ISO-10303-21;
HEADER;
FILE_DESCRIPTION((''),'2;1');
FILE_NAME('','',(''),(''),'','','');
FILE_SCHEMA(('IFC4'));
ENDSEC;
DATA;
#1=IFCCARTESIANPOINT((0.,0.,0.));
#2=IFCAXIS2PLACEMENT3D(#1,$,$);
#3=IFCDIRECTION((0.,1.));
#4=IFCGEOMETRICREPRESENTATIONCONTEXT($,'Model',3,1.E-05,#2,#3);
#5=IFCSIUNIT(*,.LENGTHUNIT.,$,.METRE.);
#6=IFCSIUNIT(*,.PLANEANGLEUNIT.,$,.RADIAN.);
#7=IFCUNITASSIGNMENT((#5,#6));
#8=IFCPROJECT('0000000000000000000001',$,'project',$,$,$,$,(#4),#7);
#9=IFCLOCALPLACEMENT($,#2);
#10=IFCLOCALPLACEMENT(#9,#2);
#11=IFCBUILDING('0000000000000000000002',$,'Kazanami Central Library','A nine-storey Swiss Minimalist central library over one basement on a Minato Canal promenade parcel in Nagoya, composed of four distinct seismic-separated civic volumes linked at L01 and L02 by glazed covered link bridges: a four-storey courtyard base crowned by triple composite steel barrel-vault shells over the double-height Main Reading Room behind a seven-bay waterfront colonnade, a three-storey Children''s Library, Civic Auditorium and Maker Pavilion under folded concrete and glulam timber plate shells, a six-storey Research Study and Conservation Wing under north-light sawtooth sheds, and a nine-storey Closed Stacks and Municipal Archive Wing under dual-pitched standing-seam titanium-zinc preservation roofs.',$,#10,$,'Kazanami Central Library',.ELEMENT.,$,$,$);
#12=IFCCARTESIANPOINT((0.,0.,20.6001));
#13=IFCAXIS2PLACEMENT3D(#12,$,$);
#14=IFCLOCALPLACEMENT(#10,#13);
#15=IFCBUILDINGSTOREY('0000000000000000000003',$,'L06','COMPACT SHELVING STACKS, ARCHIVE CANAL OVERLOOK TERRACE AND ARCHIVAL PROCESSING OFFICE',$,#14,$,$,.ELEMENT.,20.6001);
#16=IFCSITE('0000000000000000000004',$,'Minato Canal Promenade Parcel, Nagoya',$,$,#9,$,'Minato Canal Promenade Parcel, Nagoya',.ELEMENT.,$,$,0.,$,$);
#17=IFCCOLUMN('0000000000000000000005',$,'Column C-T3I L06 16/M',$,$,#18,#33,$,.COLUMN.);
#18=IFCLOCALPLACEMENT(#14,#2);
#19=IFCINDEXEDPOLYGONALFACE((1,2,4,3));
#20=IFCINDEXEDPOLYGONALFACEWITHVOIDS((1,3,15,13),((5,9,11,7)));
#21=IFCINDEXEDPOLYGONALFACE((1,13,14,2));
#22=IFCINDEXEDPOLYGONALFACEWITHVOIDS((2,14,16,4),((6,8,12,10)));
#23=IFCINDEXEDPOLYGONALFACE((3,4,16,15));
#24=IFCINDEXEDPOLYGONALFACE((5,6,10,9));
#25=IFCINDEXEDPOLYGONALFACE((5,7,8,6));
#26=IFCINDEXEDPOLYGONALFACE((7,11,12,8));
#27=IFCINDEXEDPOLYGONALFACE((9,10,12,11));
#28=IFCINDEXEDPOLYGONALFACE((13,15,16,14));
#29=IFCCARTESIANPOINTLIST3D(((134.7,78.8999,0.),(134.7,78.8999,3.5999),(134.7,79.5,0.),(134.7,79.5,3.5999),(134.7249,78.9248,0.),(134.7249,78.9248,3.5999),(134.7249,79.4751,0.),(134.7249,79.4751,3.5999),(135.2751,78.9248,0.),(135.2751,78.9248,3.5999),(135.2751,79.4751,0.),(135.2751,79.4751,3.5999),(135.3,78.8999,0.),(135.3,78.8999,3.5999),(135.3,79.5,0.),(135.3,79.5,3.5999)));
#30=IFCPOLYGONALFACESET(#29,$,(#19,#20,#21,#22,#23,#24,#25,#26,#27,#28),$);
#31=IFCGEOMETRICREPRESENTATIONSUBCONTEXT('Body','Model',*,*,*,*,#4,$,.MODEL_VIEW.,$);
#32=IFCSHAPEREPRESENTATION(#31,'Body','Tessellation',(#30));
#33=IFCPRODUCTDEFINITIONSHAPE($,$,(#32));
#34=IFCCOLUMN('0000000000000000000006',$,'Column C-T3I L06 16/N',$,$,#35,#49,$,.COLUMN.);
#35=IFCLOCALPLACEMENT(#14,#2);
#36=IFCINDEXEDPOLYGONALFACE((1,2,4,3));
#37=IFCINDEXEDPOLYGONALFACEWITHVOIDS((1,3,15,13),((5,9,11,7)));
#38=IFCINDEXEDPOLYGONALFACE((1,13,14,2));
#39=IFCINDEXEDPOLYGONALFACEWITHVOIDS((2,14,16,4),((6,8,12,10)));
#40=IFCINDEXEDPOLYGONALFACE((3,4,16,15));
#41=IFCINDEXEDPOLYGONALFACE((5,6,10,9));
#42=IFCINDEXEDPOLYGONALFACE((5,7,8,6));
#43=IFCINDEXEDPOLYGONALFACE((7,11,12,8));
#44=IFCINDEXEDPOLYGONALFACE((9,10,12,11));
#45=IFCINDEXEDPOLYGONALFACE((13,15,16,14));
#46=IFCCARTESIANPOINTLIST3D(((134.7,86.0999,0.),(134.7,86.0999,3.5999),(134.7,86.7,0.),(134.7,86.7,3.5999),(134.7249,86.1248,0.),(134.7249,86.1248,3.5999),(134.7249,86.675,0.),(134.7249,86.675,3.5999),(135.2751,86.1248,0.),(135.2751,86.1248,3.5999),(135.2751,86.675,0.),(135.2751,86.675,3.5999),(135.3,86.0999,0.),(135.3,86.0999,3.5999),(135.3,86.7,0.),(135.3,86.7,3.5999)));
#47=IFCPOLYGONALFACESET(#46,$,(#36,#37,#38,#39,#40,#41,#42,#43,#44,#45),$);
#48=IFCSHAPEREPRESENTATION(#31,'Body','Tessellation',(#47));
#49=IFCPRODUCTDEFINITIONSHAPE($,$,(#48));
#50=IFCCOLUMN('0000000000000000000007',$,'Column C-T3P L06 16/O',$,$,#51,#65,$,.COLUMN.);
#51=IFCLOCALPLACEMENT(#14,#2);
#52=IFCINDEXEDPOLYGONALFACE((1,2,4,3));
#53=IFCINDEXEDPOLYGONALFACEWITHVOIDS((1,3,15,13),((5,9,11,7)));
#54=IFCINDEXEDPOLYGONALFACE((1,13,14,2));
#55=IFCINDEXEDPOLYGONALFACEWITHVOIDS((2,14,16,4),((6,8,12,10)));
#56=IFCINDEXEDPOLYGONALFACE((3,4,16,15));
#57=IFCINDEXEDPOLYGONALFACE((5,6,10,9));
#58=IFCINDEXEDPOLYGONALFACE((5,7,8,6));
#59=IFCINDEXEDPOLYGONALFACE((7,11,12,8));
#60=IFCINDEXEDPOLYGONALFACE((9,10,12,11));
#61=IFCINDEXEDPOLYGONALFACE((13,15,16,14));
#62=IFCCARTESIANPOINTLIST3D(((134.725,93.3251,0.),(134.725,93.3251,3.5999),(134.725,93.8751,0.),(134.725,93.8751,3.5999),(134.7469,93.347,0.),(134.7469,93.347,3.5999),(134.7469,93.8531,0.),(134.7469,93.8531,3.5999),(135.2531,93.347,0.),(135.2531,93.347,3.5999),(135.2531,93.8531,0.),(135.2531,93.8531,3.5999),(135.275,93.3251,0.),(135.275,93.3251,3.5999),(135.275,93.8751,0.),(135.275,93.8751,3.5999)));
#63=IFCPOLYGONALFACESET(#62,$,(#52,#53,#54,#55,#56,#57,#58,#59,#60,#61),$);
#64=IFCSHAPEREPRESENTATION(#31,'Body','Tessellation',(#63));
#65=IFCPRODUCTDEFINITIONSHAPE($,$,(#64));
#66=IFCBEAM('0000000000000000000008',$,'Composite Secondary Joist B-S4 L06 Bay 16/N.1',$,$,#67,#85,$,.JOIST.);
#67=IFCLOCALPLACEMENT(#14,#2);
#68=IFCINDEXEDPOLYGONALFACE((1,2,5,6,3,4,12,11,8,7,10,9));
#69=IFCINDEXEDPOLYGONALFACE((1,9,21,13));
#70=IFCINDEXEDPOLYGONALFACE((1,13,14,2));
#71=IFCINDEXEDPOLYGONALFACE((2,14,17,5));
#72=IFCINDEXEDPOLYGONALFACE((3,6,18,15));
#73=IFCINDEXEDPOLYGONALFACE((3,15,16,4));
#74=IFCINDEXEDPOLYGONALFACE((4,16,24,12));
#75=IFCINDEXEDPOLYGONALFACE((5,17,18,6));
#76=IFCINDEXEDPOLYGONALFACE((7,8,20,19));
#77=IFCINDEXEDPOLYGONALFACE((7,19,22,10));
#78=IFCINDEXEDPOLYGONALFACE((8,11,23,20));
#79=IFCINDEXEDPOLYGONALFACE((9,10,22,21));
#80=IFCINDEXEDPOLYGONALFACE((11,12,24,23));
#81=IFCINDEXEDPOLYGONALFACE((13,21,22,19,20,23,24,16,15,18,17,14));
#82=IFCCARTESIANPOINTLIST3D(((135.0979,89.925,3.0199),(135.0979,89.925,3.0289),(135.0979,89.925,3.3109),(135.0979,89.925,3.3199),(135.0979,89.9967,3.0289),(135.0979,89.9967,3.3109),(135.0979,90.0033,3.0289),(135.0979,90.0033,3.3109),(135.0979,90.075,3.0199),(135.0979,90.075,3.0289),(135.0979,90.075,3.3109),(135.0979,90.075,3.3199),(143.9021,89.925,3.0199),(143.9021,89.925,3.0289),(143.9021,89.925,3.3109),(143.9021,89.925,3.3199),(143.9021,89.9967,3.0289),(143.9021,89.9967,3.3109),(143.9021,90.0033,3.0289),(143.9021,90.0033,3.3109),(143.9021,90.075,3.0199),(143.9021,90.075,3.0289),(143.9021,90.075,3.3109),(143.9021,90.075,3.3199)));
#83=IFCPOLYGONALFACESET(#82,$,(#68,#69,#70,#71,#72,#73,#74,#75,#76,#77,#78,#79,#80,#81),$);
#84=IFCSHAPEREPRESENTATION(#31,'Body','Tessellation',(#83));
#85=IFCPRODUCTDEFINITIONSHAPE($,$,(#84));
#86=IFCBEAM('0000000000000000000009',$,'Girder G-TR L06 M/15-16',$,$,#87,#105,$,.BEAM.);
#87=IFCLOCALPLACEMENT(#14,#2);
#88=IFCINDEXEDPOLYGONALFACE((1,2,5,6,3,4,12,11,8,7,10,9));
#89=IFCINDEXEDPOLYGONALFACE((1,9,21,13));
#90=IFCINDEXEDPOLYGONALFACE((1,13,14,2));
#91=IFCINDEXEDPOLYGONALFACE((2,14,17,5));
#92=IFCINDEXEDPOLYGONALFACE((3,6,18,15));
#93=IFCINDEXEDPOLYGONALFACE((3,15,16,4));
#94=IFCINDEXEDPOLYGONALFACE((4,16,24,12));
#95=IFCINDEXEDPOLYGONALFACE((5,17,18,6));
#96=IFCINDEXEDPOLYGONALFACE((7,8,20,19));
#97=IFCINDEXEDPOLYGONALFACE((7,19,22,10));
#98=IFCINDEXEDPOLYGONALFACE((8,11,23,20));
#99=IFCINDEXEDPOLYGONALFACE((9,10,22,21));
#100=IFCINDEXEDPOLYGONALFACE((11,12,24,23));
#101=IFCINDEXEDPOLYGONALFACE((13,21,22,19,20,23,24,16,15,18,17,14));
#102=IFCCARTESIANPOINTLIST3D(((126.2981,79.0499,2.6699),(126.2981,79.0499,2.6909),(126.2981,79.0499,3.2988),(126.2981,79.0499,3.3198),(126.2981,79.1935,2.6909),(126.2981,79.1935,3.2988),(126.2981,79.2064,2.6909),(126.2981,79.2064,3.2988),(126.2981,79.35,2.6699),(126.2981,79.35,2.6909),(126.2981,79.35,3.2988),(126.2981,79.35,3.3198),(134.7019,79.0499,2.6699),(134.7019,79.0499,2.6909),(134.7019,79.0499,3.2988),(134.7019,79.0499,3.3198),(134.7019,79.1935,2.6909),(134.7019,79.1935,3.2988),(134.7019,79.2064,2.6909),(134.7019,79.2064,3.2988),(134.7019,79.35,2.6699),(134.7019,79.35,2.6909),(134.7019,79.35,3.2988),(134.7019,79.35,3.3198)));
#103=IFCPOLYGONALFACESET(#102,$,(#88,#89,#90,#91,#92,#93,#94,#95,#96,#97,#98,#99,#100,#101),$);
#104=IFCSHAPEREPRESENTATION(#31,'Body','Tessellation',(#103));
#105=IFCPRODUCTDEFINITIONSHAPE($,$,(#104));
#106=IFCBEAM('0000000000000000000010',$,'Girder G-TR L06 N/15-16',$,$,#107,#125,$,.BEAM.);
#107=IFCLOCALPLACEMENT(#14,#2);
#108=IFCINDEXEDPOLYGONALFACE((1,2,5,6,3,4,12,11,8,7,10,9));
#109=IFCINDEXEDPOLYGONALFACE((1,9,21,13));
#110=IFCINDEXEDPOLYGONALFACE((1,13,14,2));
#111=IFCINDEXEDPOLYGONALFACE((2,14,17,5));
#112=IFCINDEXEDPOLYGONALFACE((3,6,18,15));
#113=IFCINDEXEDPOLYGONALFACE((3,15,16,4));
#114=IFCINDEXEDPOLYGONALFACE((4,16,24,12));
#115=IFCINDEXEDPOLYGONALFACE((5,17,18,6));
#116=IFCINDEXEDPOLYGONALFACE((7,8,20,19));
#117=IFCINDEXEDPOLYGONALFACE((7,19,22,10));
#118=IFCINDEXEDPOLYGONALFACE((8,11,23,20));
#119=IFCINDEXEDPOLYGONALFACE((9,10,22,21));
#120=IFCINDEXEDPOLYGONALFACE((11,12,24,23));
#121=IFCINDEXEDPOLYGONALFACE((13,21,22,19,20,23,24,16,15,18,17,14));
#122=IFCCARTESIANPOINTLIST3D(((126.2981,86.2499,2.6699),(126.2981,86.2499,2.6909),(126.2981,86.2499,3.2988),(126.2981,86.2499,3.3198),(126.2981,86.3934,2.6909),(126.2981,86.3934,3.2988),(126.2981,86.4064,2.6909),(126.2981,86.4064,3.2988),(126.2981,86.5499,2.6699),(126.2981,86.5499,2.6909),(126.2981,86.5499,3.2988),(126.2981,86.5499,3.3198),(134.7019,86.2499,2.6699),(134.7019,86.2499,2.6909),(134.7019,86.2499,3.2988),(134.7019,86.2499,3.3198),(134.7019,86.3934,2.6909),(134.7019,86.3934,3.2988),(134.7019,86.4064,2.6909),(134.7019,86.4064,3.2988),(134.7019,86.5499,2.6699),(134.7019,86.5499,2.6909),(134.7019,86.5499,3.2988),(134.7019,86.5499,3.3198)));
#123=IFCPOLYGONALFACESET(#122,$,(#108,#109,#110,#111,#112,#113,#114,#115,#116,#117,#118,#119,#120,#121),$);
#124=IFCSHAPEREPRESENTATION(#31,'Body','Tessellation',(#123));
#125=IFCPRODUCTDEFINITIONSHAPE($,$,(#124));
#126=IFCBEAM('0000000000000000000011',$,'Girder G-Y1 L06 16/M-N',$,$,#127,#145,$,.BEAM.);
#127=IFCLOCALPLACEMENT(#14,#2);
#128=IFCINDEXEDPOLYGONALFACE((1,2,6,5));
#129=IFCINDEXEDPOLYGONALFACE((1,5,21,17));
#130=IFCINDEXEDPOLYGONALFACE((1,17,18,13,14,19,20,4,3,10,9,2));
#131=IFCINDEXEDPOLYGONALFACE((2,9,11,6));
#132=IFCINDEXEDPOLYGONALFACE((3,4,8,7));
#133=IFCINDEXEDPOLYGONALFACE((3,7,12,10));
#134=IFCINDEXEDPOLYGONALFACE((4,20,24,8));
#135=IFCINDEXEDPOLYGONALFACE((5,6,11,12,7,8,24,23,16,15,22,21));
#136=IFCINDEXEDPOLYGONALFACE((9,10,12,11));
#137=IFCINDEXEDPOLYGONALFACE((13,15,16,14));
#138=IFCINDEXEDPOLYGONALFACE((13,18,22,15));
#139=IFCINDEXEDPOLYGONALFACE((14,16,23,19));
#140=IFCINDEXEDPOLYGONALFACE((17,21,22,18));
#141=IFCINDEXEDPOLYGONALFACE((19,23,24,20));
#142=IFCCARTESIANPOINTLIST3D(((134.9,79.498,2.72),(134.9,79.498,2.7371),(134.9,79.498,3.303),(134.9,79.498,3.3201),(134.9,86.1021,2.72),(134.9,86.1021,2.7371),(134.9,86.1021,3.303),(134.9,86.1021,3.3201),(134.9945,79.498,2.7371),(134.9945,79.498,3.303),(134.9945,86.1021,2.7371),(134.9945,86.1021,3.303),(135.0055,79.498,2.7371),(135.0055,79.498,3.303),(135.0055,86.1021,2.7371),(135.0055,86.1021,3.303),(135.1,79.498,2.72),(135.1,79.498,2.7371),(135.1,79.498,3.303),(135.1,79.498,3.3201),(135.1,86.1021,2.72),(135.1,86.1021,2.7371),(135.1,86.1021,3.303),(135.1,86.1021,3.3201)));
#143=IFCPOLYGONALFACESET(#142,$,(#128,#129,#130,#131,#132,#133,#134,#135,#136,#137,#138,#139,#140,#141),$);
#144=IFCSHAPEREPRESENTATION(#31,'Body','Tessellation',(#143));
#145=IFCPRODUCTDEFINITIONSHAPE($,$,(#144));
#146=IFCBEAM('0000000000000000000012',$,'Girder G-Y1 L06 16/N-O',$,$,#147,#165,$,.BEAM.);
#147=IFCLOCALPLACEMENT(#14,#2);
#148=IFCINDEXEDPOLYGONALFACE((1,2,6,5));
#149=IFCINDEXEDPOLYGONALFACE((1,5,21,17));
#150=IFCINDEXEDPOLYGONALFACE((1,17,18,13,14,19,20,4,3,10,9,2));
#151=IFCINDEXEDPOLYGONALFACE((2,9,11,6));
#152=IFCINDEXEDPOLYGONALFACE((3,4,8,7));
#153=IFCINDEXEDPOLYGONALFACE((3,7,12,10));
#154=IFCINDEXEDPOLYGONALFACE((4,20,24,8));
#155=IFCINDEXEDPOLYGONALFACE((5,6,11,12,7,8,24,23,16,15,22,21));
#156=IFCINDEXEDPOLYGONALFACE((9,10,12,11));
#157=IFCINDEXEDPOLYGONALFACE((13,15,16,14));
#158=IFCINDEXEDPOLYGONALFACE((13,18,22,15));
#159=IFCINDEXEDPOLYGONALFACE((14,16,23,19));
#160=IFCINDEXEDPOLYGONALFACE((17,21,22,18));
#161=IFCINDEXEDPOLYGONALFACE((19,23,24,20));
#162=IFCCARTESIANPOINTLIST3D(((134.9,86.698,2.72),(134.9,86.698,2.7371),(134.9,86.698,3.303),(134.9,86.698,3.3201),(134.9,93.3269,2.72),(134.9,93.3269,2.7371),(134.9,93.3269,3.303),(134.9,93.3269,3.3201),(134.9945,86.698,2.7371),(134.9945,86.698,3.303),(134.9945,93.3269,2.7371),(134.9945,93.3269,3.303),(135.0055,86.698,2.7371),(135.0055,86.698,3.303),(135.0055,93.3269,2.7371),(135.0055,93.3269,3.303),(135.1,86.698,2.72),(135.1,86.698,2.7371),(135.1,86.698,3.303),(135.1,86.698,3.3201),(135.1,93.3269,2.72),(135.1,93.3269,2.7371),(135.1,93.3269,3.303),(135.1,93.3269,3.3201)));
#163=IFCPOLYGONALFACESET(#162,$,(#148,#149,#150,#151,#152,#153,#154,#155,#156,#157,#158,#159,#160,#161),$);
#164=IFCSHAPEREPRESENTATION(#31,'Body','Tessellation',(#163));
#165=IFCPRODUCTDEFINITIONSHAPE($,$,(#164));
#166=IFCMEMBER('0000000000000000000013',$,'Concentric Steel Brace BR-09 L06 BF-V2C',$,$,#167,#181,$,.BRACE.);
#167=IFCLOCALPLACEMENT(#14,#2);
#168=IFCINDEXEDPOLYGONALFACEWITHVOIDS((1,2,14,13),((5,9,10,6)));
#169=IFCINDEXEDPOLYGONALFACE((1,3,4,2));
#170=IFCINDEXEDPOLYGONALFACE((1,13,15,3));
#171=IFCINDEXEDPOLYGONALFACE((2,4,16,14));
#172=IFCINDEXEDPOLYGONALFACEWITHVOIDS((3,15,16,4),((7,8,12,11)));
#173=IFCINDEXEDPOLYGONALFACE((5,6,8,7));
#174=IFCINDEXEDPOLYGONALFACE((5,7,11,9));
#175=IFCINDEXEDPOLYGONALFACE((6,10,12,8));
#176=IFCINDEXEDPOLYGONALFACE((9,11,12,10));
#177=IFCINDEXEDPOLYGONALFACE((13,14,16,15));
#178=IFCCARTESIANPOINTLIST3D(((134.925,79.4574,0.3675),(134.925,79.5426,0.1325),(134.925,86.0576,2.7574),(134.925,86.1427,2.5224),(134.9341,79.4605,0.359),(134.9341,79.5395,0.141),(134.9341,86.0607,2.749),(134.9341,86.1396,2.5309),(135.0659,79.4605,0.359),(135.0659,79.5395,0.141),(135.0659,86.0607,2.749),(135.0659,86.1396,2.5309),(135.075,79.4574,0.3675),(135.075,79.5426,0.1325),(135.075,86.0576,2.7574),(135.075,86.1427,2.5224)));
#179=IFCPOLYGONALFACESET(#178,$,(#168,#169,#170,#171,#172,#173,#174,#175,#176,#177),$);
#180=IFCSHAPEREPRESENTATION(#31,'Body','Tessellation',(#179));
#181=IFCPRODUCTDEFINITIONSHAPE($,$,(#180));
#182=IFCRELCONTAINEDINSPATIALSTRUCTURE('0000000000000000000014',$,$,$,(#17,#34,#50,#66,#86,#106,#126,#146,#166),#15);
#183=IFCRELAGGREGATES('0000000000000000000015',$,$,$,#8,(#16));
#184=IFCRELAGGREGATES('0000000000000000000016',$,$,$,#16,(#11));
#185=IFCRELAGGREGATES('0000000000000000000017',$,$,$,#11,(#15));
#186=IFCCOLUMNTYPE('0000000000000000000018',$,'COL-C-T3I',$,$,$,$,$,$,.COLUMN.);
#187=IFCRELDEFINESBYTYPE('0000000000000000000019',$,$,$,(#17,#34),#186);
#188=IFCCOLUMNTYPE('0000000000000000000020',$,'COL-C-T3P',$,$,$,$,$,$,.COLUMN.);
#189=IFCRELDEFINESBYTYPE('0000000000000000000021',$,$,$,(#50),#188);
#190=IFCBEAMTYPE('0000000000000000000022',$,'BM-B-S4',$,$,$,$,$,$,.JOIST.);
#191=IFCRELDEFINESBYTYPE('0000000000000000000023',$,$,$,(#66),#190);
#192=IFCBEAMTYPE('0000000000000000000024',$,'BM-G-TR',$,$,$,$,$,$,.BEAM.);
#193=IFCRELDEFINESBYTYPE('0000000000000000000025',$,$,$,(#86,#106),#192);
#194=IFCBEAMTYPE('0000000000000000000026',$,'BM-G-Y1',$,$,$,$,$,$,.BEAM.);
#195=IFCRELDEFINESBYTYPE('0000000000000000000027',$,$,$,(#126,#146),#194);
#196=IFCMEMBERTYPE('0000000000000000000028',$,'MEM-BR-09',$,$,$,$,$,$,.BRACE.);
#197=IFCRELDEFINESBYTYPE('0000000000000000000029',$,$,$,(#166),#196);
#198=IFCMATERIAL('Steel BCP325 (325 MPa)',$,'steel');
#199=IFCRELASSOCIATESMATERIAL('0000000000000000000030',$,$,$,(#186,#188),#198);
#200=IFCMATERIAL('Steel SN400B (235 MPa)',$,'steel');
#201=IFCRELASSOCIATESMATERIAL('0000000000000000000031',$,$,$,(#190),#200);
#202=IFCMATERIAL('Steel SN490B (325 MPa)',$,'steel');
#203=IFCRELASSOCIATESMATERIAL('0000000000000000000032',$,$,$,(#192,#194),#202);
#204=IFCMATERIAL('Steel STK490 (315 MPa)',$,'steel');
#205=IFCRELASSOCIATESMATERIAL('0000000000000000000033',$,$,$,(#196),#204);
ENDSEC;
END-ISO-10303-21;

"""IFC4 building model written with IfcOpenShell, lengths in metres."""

from ifc_helpers import new_model, si_unit, direction, frame, origin, origin_2d, place, context, subcontext, project, spatial, hollow_rectangle, i_section, extrude, material, material_profile, profile_set, type_object, element, save


model = new_model("IFC4")

# Units and contexts
model_context = context("Model", 3, precision=1e-05, world=origin(), true_north=direction((0.0, 1.0)))
body_context = subcontext(model_context, "Body", "Model", "MODEL_VIEW")
ifc_project = project(units=[si_unit("LENGTHUNIT", "METRE"), si_unit("PLANEANGLEUNIT", "RADIAN")], contexts=[model_context])

# Site, building, storey
site_placement = place(None, origin())
site = spatial("IfcSite", under=ifc_project, at=site_placement, Name="Minato Canal Promenade Parcel, Nagoya", LongName="Minato Canal Promenade Parcel, Nagoya", CompositionType="ELEMENT", RefElevation=0.0)
building_placement = place(site_placement, origin())
building = spatial("IfcBuilding", under=site, at=building_placement, Name="Kazanami Central Library", Description="A nine-storey Swiss Minimalist central library over one basement on a Minato Canal promenade parcel in Nagoya, composed of four distinct seismic-separated civic volumes linked at L01 and L02 by glazed covered link bridges: a four-storey courtyard base crowned by triple composite steel barrel-vault shells over the double-height Main Reading Room behind a seven-bay waterfront colonnade, a three-storey Children's Library, Civic Auditorium and Maker Pavilion under folded concrete and glulam timber plate shells, a six-storey Research Study and Conservation Wing under north-light sawtooth sheds, and a nine-storey Closed Stacks and Municipal Archive Wing under dual-pitched standing-seam titanium-zinc preservation roofs.", LongName="Kazanami Central Library", CompositionType="ELEMENT")
storey_placement = place(building_placement, frame((0.0, 0.0, 20.6001)))
storey = spatial("IfcBuildingStorey", under=building, at=storey_placement, Name="L06", Description="COMPACT SHELVING STACKS, ARCHIVE CANAL OVERLOOK TERRACE AND ARCHIVAL PROCESSING OFFICE", CompositionType="ELEMENT", Elevation=20.6001)

# Columns
ifc_material_1 = material(Name="Steel BCP325 (325 MPa)", Category="steel")
ifc_material_profile_1 = material_profile(ifc_material_1, hollow_rectangle(XDim=0.6001, YDim=0.6001, WallThickness=0.0249, at=origin_2d()), Name="BCP-600x600x25")
ifc_profile_set_1 = profile_set([ifc_material_profile_1], Name="Steel BCP325 (325 MPa)")
column_type_1 = type_object("IfcColumnType", Name="COL-C-T3I", PredefinedType="COLUMN", material=ifc_profile_set_1)
for number, where, z_axis, x_axis, name in (
    (1, (135.0, 79.2, 0.0), (0.0, 0.0, 1.0), (1.0, 0.0, 0.0), "Column C-T3I L06 16/M"),
    (2, (135.0, 86.3999, 0.0), (0.0, 0.0, 1.0), (1.0, 0.0, 0.0), "Column C-T3I L06 16/N"),
):
    element("IfcColumn", number, at=place(storey_placement, frame(where, z_axis=z_axis, x_axis=x_axis)), inside=storey, type_object=column_type_1, Name=name, PredefinedType="COLUMN", context=body_context, shape_type="SweptSolid", body=[
        extrude(hollow_rectangle(XDim=0.6001, YDim=0.6001, WallThickness=0.0249, at=origin_2d()), origin(), (0.0, 0.0, 1.0), 3.5999),
    ])
ifc_material_profile_2 = material_profile(ifc_material_1, hollow_rectangle(XDim=0.55, YDim=0.55, WallThickness=0.022, at=origin_2d()), Name="BCP-550x550x22")
ifc_profile_set_2 = profile_set([ifc_material_profile_2], Name="Steel BCP325 (325 MPa)")
column_type_2 = type_object("IfcColumnType", Name="COL-C-T3P", PredefinedType="COLUMN", material=ifc_profile_set_2)
column_placement = place(storey_placement, frame((135.0, 93.6001, 0.0), z_axis=(0.0, 0.0, 1.0), x_axis=(1.0, 0.0, 0.0)))
element("IfcColumn", 3, at=column_placement, inside=storey, type_object=column_type_2, Name="Column C-T3P L06 16/O", PredefinedType="COLUMN", context=body_context, shape_type="SweptSolid", body=[
    extrude(hollow_rectangle(XDim=0.55, YDim=0.55, WallThickness=0.022, at=origin_2d()), origin(), (0.0, 0.0, 1.0), 3.5999),
])

# Beams
ifc_material_2 = material(Name="Steel SN400B (235 MPa)", Category="steel")
ifc_material_profile_3 = material_profile(ifc_material_2, i_section(OverallWidth=0.1499, OverallDepth=0.3, WebThickness=0.0066, FlangeThickness=0.009, at=origin_2d()), Name="H-300x150x6.5x9")
ifc_profile_set_3 = profile_set([ifc_material_profile_3], Name="Steel SN400B (235 MPa)")
beam_type_1 = type_object("IfcBeamType", Name="BM-B-S4", PredefinedType="JOIST", material=ifc_profile_set_3)
beam_1_placement = place(storey_placement, frame((135.0979, 90.0, 3.1699), z_axis=(1.0, 0.0, 0.0), x_axis=(0.0, 1.0, 0.0)))
element("IfcBeam", 4, at=beam_1_placement, inside=storey, type_object=beam_type_1, Name="Composite Secondary Joist B-S4 L06 Bay 16/N.1", PredefinedType="JOIST", context=body_context, shape_type="SweptSolid", body=[
    extrude(i_section(OverallWidth=0.1499, OverallDepth=0.3, WebThickness=0.0066, FlangeThickness=0.009, at=origin_2d()), origin(), (0.0, 0.0, 1.0), 8.8042),
])
ifc_material_3 = material(Name="Steel SN490B (325 MPa)", Category="steel")
ifc_material_profile_4 = material_profile(ifc_material_3, i_section(OverallWidth=0.3, OverallDepth=0.6499, WebThickness=0.0129, FlangeThickness=0.021, at=origin_2d()), Name="H-650x300x13x21")
ifc_profile_set_4 = profile_set([ifc_material_profile_4], Name="Steel SN490B (325 MPa)")
beam_type_2 = type_object("IfcBeamType", Name="BM-G-TR", PredefinedType="BEAM", material=ifc_profile_set_4)
for number, where, z_axis, x_axis, name in (
    (5, (126.2981, 79.2, 2.9949), (1.0, 0.0, 0.0), (0.0, 1.0, 0.0), "Girder G-TR L06 M/15-16"),
    (6, (126.2981, 86.3999, 2.9949), (1.0, 0.0, 0.0), (0.0, 1.0, 0.0), "Girder G-TR L06 N/15-16"),
):
    element("IfcBeam", number, at=place(storey_placement, frame(where, z_axis=z_axis, x_axis=x_axis)), inside=storey, type_object=beam_type_2, Name=name, PredefinedType="BEAM", context=body_context, shape_type="SweptSolid", body=[
        extrude(i_section(OverallWidth=0.3, OverallDepth=0.6499, WebThickness=0.0129, FlangeThickness=0.021, at=origin_2d()), origin(), (0.0, 0.0, 1.0), 8.4038),
    ])
ifc_material_profile_5 = material_profile(ifc_material_3, i_section(OverallWidth=0.2, OverallDepth=0.6001, WebThickness=0.011, FlangeThickness=0.0171, at=origin_2d()), Name="H-600x200x11x17")
ifc_profile_set_5 = profile_set([ifc_material_profile_5], Name="Steel SN490B (325 MPa)")
beam_type_3 = type_object("IfcBeamType", Name="BM-G-Y1", PredefinedType="BEAM", material=ifc_profile_set_5)
beam_2_placement = place(storey_placement, frame((135.0, 79.498, 3.02), z_axis=(0.0, 1.0, 0.0), x_axis=(-1.0, 0.0, 0.0)))
element("IfcBeam", 7, at=beam_2_placement, inside=storey, type_object=beam_type_3, Name="Girder G-Y1 L06 16/M-N", PredefinedType="BEAM", context=body_context, shape_type="SweptSolid", body=[
    extrude(i_section(OverallWidth=0.2, OverallDepth=0.6001, WebThickness=0.011, FlangeThickness=0.0171, at=origin_2d()), origin(), (0.0, 0.0, 1.0), 6.604),
])
beam_3_placement = place(storey_placement, frame((135.0, 86.698, 3.02), z_axis=(0.0, 1.0, 0.0), x_axis=(-1.0, 0.0, 0.0)))
element("IfcBeam", 8, at=beam_3_placement, inside=storey, type_object=beam_type_3, Name="Girder G-Y1 L06 16/N-O", PredefinedType="BEAM", context=body_context, shape_type="SweptSolid", body=[
    extrude(i_section(OverallWidth=0.2, OverallDepth=0.6001, WebThickness=0.011, FlangeThickness=0.0171, at=origin_2d()), origin(), (0.0, 0.0, 1.0), 6.6289),
])

# Member
ifc_material_4 = material(Name="Steel STK490 (315 MPa)", Category="steel")
ifc_material_profile_6 = material_profile(ifc_material_4, hollow_rectangle(XDim=0.1499, YDim=0.25, WallThickness=0.009, at=origin_2d()), Name="STKR-250x150x9")
ifc_profile_set_6 = profile_set([ifc_material_profile_6], Name="Steel STK490 (315 MPa)")
member_type = type_object("IfcMemberType", Name="MEM-BR-09", PredefinedType="BRACE", material=ifc_profile_set_6)
member_placement = place(storey_placement, frame((135.0, 79.5, 0.25), z_axis=(0.0, 0.940257, 0.340467), x_axis=(-1.0, 0.0, 0.0)))
element("IfcMember", 9, at=member_placement, inside=storey, type_object=member_type, Name="Concentric Steel Brace BR-09 L06 BF-V2C", PredefinedType="BRACE", context=body_context, shape_type="SweptSolid", body=[
    extrude(hollow_rectangle(XDim=0.1499, YDim=0.25, WallThickness=0.009, at=origin_2d()), origin(), (0.0, 0.0, 1.0), 7.0195),
])

save(model, "model.ifc")
